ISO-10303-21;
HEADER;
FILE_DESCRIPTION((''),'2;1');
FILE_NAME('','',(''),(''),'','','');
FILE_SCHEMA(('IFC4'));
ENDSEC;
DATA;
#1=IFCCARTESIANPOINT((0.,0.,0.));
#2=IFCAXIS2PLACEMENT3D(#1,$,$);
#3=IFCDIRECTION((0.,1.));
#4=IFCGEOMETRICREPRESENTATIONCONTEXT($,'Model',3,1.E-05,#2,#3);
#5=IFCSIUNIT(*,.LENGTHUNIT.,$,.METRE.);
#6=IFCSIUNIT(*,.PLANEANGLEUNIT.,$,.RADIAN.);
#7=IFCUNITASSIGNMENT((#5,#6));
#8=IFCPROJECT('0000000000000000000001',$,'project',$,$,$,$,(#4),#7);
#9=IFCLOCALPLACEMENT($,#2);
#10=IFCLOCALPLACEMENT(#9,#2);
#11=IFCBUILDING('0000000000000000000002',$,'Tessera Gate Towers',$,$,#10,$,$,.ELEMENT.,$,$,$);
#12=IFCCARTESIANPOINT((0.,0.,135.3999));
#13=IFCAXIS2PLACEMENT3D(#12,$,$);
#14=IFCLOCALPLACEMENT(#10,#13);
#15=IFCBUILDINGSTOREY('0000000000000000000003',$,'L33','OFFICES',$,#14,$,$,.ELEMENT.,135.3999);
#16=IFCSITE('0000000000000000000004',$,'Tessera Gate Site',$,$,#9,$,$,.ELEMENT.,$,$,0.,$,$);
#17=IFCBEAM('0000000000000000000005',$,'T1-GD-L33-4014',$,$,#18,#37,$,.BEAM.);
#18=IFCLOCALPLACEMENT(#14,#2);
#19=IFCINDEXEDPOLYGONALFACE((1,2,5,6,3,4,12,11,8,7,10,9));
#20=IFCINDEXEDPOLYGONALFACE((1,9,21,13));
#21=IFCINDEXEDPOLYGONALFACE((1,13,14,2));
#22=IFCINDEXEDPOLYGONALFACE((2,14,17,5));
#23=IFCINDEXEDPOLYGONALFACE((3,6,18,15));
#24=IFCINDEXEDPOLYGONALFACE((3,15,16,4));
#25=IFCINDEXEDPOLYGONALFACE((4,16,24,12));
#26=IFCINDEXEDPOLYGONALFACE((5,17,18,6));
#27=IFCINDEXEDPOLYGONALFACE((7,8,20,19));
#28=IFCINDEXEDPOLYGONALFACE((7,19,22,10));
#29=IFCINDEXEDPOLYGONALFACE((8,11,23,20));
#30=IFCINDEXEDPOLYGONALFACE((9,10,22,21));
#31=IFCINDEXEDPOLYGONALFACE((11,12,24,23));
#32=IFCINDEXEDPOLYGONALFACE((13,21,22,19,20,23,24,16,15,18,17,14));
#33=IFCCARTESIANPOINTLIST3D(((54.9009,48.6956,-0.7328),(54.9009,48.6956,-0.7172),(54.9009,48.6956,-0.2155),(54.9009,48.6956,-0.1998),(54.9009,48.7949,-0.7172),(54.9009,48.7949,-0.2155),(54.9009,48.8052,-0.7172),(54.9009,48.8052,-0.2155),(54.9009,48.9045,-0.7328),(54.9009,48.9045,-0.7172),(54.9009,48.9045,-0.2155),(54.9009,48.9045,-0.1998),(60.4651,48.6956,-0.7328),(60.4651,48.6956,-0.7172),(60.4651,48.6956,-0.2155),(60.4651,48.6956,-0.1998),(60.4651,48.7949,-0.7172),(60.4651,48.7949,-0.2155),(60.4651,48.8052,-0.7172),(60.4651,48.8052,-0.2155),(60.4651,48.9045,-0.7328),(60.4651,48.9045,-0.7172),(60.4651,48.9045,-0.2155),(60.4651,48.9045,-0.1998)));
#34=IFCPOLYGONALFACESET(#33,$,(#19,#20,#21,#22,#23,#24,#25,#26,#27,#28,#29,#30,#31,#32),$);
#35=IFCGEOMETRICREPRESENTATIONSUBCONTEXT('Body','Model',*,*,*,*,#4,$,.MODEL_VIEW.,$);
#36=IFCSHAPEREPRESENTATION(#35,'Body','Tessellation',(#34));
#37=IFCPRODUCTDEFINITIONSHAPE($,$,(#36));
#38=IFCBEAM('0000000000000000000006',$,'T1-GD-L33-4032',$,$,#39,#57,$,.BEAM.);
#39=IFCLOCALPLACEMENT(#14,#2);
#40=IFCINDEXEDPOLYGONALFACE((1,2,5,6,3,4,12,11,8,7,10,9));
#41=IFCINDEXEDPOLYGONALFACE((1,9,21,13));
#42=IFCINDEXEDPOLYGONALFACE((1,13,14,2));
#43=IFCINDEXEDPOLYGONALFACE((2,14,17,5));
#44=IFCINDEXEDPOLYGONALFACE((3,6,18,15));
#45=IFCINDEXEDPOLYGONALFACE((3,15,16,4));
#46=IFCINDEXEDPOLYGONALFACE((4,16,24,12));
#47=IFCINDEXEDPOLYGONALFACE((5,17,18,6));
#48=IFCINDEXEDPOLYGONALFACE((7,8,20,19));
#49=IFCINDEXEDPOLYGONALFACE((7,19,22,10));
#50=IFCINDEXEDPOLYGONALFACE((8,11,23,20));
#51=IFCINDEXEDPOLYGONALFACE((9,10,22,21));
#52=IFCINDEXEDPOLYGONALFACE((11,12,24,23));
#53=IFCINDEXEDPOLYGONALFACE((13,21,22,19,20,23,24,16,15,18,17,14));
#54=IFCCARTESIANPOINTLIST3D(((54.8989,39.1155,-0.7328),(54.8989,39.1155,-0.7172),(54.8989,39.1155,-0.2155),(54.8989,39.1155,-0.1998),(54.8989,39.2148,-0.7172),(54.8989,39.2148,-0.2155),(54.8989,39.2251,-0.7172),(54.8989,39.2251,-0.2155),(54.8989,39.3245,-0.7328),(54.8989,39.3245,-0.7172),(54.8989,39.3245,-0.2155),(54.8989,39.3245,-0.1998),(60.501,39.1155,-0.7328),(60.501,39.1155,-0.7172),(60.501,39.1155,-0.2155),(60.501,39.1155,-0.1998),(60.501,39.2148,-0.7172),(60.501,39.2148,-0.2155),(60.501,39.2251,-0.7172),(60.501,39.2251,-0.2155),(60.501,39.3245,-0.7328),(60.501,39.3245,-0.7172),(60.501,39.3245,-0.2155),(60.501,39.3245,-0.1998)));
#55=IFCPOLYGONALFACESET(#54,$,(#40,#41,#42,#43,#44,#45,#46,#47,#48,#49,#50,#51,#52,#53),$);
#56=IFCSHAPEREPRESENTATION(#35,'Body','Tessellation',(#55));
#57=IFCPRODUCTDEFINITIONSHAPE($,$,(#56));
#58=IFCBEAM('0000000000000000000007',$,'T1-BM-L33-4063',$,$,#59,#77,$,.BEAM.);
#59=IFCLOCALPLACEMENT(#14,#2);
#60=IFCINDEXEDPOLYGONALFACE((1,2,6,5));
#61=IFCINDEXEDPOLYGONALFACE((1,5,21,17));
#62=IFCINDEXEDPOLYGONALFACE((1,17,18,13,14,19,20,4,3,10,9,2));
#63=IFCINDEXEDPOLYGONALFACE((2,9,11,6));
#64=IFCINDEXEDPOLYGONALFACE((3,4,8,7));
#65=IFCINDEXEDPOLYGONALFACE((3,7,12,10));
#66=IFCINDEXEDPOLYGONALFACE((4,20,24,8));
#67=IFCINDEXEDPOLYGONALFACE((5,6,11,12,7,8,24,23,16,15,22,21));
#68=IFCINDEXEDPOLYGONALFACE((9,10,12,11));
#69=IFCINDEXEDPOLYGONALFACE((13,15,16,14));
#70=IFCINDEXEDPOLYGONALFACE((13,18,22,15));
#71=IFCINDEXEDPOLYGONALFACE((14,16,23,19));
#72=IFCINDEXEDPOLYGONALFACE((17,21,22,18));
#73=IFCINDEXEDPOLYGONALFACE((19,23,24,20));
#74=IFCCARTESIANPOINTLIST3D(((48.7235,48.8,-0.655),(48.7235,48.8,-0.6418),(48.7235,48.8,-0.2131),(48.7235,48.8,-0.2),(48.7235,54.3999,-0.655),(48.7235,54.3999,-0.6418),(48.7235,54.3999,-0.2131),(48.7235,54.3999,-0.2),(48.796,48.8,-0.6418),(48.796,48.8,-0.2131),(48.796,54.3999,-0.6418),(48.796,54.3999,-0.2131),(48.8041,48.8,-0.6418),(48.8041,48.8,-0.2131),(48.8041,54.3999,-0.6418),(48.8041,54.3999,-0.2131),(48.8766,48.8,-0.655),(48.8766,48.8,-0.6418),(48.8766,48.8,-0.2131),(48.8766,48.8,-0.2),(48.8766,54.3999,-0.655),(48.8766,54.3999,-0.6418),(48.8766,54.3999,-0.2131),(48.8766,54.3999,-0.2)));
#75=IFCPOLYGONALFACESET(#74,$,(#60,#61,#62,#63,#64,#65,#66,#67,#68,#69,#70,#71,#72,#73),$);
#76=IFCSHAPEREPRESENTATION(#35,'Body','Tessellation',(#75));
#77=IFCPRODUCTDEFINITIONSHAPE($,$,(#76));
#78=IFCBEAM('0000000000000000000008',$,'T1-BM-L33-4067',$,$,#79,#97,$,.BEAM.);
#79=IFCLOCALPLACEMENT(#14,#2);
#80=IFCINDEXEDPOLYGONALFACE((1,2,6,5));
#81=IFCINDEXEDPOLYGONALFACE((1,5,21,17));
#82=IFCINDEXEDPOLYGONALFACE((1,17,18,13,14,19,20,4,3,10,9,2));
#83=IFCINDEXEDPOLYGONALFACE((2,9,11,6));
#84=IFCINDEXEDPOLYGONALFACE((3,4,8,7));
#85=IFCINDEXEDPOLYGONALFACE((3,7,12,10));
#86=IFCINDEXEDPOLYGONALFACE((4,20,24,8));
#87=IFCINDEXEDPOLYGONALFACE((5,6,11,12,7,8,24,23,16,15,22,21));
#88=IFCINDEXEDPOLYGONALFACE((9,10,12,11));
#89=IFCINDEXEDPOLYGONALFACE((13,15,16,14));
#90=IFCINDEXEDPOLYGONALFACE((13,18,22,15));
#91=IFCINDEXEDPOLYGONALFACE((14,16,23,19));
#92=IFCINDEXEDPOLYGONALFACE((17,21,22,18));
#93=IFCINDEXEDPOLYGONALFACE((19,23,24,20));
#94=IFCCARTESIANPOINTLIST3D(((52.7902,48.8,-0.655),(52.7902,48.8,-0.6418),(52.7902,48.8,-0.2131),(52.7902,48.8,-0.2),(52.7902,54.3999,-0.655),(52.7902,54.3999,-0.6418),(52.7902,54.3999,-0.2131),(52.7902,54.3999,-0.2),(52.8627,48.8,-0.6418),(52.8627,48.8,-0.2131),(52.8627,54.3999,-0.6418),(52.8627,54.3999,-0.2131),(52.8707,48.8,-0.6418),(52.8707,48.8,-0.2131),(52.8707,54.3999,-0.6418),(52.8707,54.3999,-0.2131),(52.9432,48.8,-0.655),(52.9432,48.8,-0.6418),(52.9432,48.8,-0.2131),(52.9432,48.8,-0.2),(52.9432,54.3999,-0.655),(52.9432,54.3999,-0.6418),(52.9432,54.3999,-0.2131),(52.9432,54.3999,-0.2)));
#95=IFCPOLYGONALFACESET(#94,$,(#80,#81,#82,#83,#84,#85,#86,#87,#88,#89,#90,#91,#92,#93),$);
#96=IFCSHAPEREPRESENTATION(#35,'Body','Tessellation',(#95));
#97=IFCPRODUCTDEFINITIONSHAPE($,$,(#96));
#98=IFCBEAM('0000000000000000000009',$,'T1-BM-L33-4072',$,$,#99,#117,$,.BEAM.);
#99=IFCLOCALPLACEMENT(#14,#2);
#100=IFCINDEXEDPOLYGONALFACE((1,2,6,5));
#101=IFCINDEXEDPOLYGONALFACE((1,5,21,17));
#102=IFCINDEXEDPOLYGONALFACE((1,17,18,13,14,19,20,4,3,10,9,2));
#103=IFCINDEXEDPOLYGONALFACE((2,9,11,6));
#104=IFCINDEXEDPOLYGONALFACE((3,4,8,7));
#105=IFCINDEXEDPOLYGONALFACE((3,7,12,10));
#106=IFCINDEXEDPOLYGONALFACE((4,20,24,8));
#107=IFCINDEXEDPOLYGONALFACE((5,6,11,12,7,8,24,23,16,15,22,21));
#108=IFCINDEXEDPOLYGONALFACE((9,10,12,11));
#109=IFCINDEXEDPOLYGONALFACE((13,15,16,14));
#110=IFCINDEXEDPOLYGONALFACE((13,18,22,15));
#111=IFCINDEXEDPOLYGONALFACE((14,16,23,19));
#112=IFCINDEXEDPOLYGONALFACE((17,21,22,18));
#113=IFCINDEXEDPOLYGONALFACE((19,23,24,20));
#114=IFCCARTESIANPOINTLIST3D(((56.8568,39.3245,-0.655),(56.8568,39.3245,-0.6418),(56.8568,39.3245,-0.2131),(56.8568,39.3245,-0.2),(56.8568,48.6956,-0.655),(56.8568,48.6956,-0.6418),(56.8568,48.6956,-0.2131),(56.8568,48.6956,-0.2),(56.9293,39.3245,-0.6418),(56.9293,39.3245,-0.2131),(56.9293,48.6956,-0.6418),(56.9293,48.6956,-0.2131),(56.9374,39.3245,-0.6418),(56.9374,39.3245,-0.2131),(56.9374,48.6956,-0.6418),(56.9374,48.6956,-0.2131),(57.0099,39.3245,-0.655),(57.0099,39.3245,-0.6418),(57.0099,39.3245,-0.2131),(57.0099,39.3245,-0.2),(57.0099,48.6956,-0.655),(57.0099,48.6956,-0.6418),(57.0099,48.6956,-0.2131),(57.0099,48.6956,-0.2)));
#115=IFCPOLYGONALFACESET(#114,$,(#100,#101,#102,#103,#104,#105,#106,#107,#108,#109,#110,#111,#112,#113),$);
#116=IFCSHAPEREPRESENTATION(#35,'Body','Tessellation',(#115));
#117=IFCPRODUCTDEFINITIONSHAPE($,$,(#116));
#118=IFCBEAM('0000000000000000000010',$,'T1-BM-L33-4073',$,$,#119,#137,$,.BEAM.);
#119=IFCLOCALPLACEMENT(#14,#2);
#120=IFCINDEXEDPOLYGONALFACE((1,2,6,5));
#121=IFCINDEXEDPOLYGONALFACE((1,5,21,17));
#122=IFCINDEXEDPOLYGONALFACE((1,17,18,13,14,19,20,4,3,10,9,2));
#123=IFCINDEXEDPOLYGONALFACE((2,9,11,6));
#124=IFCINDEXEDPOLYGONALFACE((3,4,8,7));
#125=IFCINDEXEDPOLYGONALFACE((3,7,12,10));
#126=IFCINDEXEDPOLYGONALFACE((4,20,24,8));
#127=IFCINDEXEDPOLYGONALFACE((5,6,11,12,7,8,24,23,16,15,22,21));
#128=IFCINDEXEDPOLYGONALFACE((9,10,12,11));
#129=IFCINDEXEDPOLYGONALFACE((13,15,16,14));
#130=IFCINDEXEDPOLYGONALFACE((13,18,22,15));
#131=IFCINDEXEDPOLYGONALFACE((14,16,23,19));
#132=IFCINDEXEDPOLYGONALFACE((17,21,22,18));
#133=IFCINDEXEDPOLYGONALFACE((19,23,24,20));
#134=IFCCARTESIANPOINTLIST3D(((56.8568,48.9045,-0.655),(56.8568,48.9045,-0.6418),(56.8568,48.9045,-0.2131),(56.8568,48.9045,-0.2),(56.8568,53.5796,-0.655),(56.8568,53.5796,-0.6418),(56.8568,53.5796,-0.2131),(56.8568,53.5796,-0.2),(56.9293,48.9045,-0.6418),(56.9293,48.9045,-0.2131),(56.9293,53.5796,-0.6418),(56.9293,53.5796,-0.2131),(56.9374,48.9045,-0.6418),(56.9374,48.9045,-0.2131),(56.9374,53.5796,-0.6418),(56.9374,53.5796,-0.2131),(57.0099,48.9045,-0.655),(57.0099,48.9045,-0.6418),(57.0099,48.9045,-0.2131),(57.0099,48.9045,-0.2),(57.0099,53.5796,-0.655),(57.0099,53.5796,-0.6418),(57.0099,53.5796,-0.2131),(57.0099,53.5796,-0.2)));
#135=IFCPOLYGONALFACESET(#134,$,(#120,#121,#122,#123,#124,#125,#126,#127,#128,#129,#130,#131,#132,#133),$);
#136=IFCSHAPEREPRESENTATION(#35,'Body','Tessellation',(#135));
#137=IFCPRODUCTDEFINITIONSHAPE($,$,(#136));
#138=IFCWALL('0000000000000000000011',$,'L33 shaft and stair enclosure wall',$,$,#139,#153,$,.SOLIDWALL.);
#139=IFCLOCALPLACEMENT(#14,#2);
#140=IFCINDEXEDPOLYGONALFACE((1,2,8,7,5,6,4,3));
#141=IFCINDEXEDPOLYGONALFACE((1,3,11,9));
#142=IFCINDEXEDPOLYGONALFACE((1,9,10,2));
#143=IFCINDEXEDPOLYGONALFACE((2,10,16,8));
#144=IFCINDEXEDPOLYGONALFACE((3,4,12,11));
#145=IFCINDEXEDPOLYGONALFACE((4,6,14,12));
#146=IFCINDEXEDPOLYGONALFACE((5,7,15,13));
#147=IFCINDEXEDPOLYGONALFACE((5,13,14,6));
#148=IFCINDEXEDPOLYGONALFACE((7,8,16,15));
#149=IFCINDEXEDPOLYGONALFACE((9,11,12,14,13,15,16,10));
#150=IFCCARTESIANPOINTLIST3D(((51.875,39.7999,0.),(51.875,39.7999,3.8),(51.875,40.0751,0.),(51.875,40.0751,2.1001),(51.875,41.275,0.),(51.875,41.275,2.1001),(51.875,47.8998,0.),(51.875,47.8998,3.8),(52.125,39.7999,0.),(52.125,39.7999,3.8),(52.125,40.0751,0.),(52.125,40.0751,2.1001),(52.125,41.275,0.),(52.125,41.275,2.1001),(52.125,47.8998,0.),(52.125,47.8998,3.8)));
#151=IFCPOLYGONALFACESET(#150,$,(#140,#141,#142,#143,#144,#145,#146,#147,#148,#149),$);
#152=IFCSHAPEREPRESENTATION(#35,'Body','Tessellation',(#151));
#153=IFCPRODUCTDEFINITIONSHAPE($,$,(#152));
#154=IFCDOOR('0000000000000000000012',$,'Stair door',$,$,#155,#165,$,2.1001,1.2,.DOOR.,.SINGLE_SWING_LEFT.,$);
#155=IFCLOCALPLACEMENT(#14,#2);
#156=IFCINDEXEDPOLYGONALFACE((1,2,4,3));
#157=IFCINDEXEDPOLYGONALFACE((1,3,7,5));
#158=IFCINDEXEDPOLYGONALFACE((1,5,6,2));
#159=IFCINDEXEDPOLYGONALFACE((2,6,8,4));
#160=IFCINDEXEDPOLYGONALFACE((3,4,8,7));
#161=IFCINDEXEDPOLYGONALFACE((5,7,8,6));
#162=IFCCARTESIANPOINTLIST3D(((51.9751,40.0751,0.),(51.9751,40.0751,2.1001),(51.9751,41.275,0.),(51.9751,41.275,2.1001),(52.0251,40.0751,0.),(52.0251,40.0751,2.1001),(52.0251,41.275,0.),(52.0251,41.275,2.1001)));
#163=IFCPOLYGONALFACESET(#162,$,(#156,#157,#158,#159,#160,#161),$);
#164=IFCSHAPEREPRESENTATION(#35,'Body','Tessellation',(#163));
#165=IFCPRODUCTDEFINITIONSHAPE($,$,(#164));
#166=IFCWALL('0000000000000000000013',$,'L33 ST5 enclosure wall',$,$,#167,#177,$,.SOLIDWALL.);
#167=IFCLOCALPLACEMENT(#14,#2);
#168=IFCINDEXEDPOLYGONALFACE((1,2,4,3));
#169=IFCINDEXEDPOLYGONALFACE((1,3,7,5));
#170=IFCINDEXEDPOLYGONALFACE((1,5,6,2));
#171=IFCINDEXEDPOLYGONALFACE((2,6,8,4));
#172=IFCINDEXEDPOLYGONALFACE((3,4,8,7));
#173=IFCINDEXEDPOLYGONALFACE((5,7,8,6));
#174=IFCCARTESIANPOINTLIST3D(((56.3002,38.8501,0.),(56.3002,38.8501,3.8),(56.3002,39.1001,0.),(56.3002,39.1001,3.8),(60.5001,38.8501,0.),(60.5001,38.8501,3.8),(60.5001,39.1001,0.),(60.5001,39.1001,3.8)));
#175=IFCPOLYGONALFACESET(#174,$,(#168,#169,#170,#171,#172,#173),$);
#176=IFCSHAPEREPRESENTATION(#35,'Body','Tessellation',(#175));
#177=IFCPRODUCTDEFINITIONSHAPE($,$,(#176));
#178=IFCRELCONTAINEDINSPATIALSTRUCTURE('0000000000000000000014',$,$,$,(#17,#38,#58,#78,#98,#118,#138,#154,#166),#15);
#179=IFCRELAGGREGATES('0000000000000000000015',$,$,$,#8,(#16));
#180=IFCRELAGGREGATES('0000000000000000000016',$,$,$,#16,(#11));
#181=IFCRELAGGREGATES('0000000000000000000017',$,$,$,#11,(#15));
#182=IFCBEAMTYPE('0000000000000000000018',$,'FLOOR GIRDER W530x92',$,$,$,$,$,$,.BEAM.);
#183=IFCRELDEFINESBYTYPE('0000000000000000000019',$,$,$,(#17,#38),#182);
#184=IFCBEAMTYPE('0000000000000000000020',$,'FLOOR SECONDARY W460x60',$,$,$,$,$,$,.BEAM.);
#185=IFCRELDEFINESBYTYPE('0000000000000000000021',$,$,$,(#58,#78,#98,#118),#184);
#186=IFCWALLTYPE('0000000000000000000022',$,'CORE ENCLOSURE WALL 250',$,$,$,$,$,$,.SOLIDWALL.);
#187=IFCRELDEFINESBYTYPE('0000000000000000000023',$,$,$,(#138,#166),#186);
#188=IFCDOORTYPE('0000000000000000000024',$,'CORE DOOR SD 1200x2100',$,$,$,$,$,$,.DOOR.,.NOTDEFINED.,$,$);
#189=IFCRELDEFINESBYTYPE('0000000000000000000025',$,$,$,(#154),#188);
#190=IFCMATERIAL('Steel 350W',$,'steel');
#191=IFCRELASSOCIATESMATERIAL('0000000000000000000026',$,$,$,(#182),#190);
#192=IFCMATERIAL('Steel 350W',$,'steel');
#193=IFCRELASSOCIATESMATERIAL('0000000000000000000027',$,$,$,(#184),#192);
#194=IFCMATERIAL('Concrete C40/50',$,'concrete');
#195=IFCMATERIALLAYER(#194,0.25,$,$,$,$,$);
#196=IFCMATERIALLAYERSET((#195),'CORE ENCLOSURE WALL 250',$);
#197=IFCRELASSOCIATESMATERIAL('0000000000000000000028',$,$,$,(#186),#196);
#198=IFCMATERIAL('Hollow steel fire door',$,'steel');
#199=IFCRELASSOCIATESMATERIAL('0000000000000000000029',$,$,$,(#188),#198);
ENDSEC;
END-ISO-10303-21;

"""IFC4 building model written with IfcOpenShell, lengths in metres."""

from ifc_helpers import new_model, si_unit, direction, frame, frame_2d, origin, origin_2d, place, context, subcontext, project, spatial, rectangle, i_section, extrude, source, transform, mapped, material, layer, layer_set, material_profile, profile_set, type_object, element, fill, save


model = new_model("IFC4")

# Units and contexts
model_context = context("Model", 3, precision=1e-05, world=origin(), true_north=direction((0.0, 1.0)))
body_context = subcontext(model_context, "Body", "Model", "MODEL_VIEW")
ifc_project = project(units=[si_unit("LENGTHUNIT", "METRE"), si_unit("PLANEANGLEUNIT", "RADIAN")], contexts=[model_context])

# Site, building, storey
site_placement = place(None, origin())
site = spatial("IfcSite", under=ifc_project, at=site_placement, Name="Tessera Gate Site", CompositionType="ELEMENT", RefElevation=0.0)
building_placement = place(site_placement, origin())
building = spatial("IfcBuilding", under=site, at=building_placement, Name="Tessera Gate Towers", CompositionType="ELEMENT")
storey_placement = place(building_placement, frame((0.0, 0.0, 135.3999)))
storey = spatial("IfcBuildingStorey", under=building, at=storey_placement, Name="L33", Description="OFFICES", CompositionType="ELEMENT", Elevation=135.3999)

# Beams
ifc_material_1 = material(Name="Steel 350W", Category="steel")
ifc_material_profile_1 = material_profile(ifc_material_1, i_section(OverallWidth=0.209, OverallDepth=0.533, WebThickness=0.0103, FlangeThickness=0.0156, at=origin_2d()), Name="W530x92")
ifc_profile_set_1 = profile_set([ifc_material_profile_1], Name="Steel 350W")
beam_type_1 = type_object("IfcBeamType", Name="FLOOR GIRDER W530x92", PredefinedType="BEAM", material=ifc_profile_set_1)
beam_1_placement = place(storey_placement, frame((54.9009, 48.8, -0.4663), z_axis=(1.0, 0.0, 0.0), x_axis=(0.0, 1.0, 0.0)))
element("IfcBeam", 1, at=beam_1_placement, inside=storey, type_object=beam_type_1, Name="T1-GD-L33-4014", PredefinedType="BEAM", context=body_context, shape_type="SweptSolid", body=[
    extrude(i_section(OverallWidth=0.209, OverallDepth=0.533, WebThickness=0.0103, FlangeThickness=0.0156, at=origin_2d()), origin(), (0.0, 0.0, 1.0), 5.5642),
])
beam_2_placement = place(storey_placement, frame((54.8989, 39.22, -0.4663), z_axis=(1.0, 0.0, 0.0), x_axis=(0.0, 1.0, 0.0)))
element("IfcBeam", 2, at=beam_2_placement, inside=storey, type_object=beam_type_1, Name="T1-GD-L33-4032", PredefinedType="BEAM", context=body_context, shape_type="SweptSolid", body=[
    extrude(i_section(OverallWidth=0.209, OverallDepth=0.533, WebThickness=0.0103, FlangeThickness=0.0156, at=origin_2d()), origin(), (0.0, 0.0, 1.0), 5.6021),
])
ifc_material_2 = material(Name="Steel 350W", Category="steel")
ifc_material_profile_2 = material_profile(ifc_material_2, i_section(OverallWidth=0.1531, OverallDepth=0.4551, WebThickness=0.0081, FlangeThickness=0.0132, at=origin_2d()), Name="W460x60")
ifc_profile_set_2 = profile_set([ifc_material_profile_2], Name="Steel 350W")
beam_type_2 = type_object("IfcBeamType", Name="FLOOR SECONDARY W460x60", PredefinedType="BEAM", material=ifc_profile_set_2)
for number, where, z_axis, x_axis, name in (
    (3, (48.8, 48.8, -0.4275), (0.0, 1.0, 0.0), (-1.0, 0.0, 0.0), "T1-BM-L33-4063"),
    (4, (52.8667, 48.8, -0.4275), (0.0, 1.0, 0.0), (-1.0, 0.0, 0.0), "T1-BM-L33-4067"),
):
    element("IfcBeam", number, at=place(storey_placement, frame(where, z_axis=z_axis, x_axis=x_axis)), inside=storey, type_object=beam_type_2, Name=name, PredefinedType="BEAM", context=body_context, shape_type="SweptSolid", body=[
        extrude(i_section(OverallWidth=0.1531, OverallDepth=0.4551, WebThickness=0.0081, FlangeThickness=0.0132, at=origin_2d()), origin(), (0.0, 0.0, 1.0), 5.5999),
    ])
beam_3_placement = place(storey_placement, frame((56.9333, 39.3245, -0.4275), z_axis=(0.0, 1.0, 0.0), x_axis=(-1.0, 0.0, 0.0)))
element("IfcBeam", 5, at=beam_3_placement, inside=storey, type_object=beam_type_2, Name="T1-BM-L33-4072", PredefinedType="BEAM", context=body_context, shape_type="SweptSolid", body=[
    extrude(i_section(OverallWidth=0.1531, OverallDepth=0.4551, WebThickness=0.0081, FlangeThickness=0.0132, at=origin_2d()), origin(), (0.0, 0.0, 1.0), 9.3711),
])
beam_4_placement = place(storey_placement, frame((56.9333, 48.9045, -0.4275), z_axis=(0.0, 1.0, 0.0), x_axis=(-1.0, 0.0, 0.0)))
element("IfcBeam", 6, at=beam_4_placement, inside=storey, type_object=beam_type_2, Name="T1-BM-L33-4073", PredefinedType="BEAM", context=body_context, shape_type="SweptSolid", body=[
    extrude(i_section(OverallWidth=0.1531, OverallDepth=0.4551, WebThickness=0.0081, FlangeThickness=0.0132, at=origin_2d()), origin(), (0.0, 0.0, 1.0), 4.675),
])

# Wall, opening, door
ifc_material_3 = material(Name="Concrete C40/50", Category="concrete")
ifc_layer_1 = layer(ifc_material_3, 0.25)
ifc_layer_set_1 = layer_set([ifc_layer_1], Name="CORE ENCLOSURE WALL 250")
wall_type_1 = type_object("IfcWallType", Name="CORE ENCLOSURE WALL 250", PredefinedType="SOLIDWALL", material=ifc_layer_set_1)
wall_1_placement = place(storey_placement, frame((52.0, 39.8, 0.0), z_axis=(0.0, 0.0, 1.0), x_axis=(0.0, 1.0, 0.0)))
wall_1 = element("IfcWall", 7, at=wall_1_placement, inside=storey, type_object=wall_type_1, Name="L33 shaft and stair enclosure wall", PredefinedType="SOLIDWALL", context=body_context, shape_type="SweptSolid", body=[
    extrude(rectangle(XDim=8.0999, YDim=0.25, at=frame_2d((4.0498, 0.0))), origin(), (0.0, 0.0, 1.0), 3.8),
])
shared_shape_1 = source(origin(), body_context, "Body", "SweptSolid", [
    extrude(rectangle(XDim=1.2, YDim=2.1001, at=frame_2d((0.6001, 1.05))), frame((0.0, 0.135, 0.0), z_axis=(0.0, -1.0, 0.0), x_axis=(1.0, 0.0, 0.0)), (0.0, 0.0, 1.0), 0.27),
])
opening_1_placement = place(wall_1_placement, frame((0.2749, 0.0, 0.0)))
opening_1 = element("IfcOpeningElement", 8, at=opening_1_placement, cuts=wall_1, PredefinedType="OPENING", context=body_context, shape_type="MappedRepresentation", body=[
    mapped(shared_shape_1, transform((0.0, 0.0, 0.0), scale=1.0)),
])
ifc_material_4 = material(Name="Hollow steel fire door", Category="steel")
door_type_1 = type_object("IfcDoorType", Name="CORE DOOR SD 1200x2100", OperationType="NOTDEFINED", PredefinedType="DOOR", material=ifc_material_4)
shared_shape_2 = source(origin(), body_context, "Body", "SweptSolid", [
    extrude(rectangle(XDim=1.2, YDim=2.1001, at=frame_2d((0.6001, 1.05))), frame((0.0, 0.0249, 0.0), z_axis=(0.0, -1.0, 0.0), x_axis=(1.0, 0.0, 0.0)), (0.0, 0.0, 1.0), 0.05),
])
door_1_placement = place(opening_1_placement, origin())
door_1 = element("IfcDoor", 9, at=door_1_placement, inside=storey, type_object=door_type_1, Name="Stair door", OperationType="SINGLE_SWING_LEFT", OverallHeight=2.1001, OverallWidth=1.2, PredefinedType="DOOR", context=body_context, shape_type="MappedRepresentation", body=[
    mapped(shared_shape_2, transform((0.0, 0.0, 0.0), scale=1.0)),
])
fill(opening_1, door_1)

# Wall
wall_2_placement = place(storey_placement, frame((56.3, 38.9751, 0.0), z_axis=(0.0, 0.0, 1.0), x_axis=(1.0, 0.0, 0.0)))
element("IfcWall", 10, at=wall_2_placement, inside=storey, type_object=wall_type_1, Name="L33 ST5 enclosure wall", PredefinedType="SOLIDWALL", context=body_context, shape_type="SweptSolid", body=[
    extrude(rectangle(XDim=4.2, YDim=0.25, at=frame_2d((2.1001, 0.0))), origin(), (0.0, 0.0, 1.0), 3.8),
])

save(model, "model.ifc")
